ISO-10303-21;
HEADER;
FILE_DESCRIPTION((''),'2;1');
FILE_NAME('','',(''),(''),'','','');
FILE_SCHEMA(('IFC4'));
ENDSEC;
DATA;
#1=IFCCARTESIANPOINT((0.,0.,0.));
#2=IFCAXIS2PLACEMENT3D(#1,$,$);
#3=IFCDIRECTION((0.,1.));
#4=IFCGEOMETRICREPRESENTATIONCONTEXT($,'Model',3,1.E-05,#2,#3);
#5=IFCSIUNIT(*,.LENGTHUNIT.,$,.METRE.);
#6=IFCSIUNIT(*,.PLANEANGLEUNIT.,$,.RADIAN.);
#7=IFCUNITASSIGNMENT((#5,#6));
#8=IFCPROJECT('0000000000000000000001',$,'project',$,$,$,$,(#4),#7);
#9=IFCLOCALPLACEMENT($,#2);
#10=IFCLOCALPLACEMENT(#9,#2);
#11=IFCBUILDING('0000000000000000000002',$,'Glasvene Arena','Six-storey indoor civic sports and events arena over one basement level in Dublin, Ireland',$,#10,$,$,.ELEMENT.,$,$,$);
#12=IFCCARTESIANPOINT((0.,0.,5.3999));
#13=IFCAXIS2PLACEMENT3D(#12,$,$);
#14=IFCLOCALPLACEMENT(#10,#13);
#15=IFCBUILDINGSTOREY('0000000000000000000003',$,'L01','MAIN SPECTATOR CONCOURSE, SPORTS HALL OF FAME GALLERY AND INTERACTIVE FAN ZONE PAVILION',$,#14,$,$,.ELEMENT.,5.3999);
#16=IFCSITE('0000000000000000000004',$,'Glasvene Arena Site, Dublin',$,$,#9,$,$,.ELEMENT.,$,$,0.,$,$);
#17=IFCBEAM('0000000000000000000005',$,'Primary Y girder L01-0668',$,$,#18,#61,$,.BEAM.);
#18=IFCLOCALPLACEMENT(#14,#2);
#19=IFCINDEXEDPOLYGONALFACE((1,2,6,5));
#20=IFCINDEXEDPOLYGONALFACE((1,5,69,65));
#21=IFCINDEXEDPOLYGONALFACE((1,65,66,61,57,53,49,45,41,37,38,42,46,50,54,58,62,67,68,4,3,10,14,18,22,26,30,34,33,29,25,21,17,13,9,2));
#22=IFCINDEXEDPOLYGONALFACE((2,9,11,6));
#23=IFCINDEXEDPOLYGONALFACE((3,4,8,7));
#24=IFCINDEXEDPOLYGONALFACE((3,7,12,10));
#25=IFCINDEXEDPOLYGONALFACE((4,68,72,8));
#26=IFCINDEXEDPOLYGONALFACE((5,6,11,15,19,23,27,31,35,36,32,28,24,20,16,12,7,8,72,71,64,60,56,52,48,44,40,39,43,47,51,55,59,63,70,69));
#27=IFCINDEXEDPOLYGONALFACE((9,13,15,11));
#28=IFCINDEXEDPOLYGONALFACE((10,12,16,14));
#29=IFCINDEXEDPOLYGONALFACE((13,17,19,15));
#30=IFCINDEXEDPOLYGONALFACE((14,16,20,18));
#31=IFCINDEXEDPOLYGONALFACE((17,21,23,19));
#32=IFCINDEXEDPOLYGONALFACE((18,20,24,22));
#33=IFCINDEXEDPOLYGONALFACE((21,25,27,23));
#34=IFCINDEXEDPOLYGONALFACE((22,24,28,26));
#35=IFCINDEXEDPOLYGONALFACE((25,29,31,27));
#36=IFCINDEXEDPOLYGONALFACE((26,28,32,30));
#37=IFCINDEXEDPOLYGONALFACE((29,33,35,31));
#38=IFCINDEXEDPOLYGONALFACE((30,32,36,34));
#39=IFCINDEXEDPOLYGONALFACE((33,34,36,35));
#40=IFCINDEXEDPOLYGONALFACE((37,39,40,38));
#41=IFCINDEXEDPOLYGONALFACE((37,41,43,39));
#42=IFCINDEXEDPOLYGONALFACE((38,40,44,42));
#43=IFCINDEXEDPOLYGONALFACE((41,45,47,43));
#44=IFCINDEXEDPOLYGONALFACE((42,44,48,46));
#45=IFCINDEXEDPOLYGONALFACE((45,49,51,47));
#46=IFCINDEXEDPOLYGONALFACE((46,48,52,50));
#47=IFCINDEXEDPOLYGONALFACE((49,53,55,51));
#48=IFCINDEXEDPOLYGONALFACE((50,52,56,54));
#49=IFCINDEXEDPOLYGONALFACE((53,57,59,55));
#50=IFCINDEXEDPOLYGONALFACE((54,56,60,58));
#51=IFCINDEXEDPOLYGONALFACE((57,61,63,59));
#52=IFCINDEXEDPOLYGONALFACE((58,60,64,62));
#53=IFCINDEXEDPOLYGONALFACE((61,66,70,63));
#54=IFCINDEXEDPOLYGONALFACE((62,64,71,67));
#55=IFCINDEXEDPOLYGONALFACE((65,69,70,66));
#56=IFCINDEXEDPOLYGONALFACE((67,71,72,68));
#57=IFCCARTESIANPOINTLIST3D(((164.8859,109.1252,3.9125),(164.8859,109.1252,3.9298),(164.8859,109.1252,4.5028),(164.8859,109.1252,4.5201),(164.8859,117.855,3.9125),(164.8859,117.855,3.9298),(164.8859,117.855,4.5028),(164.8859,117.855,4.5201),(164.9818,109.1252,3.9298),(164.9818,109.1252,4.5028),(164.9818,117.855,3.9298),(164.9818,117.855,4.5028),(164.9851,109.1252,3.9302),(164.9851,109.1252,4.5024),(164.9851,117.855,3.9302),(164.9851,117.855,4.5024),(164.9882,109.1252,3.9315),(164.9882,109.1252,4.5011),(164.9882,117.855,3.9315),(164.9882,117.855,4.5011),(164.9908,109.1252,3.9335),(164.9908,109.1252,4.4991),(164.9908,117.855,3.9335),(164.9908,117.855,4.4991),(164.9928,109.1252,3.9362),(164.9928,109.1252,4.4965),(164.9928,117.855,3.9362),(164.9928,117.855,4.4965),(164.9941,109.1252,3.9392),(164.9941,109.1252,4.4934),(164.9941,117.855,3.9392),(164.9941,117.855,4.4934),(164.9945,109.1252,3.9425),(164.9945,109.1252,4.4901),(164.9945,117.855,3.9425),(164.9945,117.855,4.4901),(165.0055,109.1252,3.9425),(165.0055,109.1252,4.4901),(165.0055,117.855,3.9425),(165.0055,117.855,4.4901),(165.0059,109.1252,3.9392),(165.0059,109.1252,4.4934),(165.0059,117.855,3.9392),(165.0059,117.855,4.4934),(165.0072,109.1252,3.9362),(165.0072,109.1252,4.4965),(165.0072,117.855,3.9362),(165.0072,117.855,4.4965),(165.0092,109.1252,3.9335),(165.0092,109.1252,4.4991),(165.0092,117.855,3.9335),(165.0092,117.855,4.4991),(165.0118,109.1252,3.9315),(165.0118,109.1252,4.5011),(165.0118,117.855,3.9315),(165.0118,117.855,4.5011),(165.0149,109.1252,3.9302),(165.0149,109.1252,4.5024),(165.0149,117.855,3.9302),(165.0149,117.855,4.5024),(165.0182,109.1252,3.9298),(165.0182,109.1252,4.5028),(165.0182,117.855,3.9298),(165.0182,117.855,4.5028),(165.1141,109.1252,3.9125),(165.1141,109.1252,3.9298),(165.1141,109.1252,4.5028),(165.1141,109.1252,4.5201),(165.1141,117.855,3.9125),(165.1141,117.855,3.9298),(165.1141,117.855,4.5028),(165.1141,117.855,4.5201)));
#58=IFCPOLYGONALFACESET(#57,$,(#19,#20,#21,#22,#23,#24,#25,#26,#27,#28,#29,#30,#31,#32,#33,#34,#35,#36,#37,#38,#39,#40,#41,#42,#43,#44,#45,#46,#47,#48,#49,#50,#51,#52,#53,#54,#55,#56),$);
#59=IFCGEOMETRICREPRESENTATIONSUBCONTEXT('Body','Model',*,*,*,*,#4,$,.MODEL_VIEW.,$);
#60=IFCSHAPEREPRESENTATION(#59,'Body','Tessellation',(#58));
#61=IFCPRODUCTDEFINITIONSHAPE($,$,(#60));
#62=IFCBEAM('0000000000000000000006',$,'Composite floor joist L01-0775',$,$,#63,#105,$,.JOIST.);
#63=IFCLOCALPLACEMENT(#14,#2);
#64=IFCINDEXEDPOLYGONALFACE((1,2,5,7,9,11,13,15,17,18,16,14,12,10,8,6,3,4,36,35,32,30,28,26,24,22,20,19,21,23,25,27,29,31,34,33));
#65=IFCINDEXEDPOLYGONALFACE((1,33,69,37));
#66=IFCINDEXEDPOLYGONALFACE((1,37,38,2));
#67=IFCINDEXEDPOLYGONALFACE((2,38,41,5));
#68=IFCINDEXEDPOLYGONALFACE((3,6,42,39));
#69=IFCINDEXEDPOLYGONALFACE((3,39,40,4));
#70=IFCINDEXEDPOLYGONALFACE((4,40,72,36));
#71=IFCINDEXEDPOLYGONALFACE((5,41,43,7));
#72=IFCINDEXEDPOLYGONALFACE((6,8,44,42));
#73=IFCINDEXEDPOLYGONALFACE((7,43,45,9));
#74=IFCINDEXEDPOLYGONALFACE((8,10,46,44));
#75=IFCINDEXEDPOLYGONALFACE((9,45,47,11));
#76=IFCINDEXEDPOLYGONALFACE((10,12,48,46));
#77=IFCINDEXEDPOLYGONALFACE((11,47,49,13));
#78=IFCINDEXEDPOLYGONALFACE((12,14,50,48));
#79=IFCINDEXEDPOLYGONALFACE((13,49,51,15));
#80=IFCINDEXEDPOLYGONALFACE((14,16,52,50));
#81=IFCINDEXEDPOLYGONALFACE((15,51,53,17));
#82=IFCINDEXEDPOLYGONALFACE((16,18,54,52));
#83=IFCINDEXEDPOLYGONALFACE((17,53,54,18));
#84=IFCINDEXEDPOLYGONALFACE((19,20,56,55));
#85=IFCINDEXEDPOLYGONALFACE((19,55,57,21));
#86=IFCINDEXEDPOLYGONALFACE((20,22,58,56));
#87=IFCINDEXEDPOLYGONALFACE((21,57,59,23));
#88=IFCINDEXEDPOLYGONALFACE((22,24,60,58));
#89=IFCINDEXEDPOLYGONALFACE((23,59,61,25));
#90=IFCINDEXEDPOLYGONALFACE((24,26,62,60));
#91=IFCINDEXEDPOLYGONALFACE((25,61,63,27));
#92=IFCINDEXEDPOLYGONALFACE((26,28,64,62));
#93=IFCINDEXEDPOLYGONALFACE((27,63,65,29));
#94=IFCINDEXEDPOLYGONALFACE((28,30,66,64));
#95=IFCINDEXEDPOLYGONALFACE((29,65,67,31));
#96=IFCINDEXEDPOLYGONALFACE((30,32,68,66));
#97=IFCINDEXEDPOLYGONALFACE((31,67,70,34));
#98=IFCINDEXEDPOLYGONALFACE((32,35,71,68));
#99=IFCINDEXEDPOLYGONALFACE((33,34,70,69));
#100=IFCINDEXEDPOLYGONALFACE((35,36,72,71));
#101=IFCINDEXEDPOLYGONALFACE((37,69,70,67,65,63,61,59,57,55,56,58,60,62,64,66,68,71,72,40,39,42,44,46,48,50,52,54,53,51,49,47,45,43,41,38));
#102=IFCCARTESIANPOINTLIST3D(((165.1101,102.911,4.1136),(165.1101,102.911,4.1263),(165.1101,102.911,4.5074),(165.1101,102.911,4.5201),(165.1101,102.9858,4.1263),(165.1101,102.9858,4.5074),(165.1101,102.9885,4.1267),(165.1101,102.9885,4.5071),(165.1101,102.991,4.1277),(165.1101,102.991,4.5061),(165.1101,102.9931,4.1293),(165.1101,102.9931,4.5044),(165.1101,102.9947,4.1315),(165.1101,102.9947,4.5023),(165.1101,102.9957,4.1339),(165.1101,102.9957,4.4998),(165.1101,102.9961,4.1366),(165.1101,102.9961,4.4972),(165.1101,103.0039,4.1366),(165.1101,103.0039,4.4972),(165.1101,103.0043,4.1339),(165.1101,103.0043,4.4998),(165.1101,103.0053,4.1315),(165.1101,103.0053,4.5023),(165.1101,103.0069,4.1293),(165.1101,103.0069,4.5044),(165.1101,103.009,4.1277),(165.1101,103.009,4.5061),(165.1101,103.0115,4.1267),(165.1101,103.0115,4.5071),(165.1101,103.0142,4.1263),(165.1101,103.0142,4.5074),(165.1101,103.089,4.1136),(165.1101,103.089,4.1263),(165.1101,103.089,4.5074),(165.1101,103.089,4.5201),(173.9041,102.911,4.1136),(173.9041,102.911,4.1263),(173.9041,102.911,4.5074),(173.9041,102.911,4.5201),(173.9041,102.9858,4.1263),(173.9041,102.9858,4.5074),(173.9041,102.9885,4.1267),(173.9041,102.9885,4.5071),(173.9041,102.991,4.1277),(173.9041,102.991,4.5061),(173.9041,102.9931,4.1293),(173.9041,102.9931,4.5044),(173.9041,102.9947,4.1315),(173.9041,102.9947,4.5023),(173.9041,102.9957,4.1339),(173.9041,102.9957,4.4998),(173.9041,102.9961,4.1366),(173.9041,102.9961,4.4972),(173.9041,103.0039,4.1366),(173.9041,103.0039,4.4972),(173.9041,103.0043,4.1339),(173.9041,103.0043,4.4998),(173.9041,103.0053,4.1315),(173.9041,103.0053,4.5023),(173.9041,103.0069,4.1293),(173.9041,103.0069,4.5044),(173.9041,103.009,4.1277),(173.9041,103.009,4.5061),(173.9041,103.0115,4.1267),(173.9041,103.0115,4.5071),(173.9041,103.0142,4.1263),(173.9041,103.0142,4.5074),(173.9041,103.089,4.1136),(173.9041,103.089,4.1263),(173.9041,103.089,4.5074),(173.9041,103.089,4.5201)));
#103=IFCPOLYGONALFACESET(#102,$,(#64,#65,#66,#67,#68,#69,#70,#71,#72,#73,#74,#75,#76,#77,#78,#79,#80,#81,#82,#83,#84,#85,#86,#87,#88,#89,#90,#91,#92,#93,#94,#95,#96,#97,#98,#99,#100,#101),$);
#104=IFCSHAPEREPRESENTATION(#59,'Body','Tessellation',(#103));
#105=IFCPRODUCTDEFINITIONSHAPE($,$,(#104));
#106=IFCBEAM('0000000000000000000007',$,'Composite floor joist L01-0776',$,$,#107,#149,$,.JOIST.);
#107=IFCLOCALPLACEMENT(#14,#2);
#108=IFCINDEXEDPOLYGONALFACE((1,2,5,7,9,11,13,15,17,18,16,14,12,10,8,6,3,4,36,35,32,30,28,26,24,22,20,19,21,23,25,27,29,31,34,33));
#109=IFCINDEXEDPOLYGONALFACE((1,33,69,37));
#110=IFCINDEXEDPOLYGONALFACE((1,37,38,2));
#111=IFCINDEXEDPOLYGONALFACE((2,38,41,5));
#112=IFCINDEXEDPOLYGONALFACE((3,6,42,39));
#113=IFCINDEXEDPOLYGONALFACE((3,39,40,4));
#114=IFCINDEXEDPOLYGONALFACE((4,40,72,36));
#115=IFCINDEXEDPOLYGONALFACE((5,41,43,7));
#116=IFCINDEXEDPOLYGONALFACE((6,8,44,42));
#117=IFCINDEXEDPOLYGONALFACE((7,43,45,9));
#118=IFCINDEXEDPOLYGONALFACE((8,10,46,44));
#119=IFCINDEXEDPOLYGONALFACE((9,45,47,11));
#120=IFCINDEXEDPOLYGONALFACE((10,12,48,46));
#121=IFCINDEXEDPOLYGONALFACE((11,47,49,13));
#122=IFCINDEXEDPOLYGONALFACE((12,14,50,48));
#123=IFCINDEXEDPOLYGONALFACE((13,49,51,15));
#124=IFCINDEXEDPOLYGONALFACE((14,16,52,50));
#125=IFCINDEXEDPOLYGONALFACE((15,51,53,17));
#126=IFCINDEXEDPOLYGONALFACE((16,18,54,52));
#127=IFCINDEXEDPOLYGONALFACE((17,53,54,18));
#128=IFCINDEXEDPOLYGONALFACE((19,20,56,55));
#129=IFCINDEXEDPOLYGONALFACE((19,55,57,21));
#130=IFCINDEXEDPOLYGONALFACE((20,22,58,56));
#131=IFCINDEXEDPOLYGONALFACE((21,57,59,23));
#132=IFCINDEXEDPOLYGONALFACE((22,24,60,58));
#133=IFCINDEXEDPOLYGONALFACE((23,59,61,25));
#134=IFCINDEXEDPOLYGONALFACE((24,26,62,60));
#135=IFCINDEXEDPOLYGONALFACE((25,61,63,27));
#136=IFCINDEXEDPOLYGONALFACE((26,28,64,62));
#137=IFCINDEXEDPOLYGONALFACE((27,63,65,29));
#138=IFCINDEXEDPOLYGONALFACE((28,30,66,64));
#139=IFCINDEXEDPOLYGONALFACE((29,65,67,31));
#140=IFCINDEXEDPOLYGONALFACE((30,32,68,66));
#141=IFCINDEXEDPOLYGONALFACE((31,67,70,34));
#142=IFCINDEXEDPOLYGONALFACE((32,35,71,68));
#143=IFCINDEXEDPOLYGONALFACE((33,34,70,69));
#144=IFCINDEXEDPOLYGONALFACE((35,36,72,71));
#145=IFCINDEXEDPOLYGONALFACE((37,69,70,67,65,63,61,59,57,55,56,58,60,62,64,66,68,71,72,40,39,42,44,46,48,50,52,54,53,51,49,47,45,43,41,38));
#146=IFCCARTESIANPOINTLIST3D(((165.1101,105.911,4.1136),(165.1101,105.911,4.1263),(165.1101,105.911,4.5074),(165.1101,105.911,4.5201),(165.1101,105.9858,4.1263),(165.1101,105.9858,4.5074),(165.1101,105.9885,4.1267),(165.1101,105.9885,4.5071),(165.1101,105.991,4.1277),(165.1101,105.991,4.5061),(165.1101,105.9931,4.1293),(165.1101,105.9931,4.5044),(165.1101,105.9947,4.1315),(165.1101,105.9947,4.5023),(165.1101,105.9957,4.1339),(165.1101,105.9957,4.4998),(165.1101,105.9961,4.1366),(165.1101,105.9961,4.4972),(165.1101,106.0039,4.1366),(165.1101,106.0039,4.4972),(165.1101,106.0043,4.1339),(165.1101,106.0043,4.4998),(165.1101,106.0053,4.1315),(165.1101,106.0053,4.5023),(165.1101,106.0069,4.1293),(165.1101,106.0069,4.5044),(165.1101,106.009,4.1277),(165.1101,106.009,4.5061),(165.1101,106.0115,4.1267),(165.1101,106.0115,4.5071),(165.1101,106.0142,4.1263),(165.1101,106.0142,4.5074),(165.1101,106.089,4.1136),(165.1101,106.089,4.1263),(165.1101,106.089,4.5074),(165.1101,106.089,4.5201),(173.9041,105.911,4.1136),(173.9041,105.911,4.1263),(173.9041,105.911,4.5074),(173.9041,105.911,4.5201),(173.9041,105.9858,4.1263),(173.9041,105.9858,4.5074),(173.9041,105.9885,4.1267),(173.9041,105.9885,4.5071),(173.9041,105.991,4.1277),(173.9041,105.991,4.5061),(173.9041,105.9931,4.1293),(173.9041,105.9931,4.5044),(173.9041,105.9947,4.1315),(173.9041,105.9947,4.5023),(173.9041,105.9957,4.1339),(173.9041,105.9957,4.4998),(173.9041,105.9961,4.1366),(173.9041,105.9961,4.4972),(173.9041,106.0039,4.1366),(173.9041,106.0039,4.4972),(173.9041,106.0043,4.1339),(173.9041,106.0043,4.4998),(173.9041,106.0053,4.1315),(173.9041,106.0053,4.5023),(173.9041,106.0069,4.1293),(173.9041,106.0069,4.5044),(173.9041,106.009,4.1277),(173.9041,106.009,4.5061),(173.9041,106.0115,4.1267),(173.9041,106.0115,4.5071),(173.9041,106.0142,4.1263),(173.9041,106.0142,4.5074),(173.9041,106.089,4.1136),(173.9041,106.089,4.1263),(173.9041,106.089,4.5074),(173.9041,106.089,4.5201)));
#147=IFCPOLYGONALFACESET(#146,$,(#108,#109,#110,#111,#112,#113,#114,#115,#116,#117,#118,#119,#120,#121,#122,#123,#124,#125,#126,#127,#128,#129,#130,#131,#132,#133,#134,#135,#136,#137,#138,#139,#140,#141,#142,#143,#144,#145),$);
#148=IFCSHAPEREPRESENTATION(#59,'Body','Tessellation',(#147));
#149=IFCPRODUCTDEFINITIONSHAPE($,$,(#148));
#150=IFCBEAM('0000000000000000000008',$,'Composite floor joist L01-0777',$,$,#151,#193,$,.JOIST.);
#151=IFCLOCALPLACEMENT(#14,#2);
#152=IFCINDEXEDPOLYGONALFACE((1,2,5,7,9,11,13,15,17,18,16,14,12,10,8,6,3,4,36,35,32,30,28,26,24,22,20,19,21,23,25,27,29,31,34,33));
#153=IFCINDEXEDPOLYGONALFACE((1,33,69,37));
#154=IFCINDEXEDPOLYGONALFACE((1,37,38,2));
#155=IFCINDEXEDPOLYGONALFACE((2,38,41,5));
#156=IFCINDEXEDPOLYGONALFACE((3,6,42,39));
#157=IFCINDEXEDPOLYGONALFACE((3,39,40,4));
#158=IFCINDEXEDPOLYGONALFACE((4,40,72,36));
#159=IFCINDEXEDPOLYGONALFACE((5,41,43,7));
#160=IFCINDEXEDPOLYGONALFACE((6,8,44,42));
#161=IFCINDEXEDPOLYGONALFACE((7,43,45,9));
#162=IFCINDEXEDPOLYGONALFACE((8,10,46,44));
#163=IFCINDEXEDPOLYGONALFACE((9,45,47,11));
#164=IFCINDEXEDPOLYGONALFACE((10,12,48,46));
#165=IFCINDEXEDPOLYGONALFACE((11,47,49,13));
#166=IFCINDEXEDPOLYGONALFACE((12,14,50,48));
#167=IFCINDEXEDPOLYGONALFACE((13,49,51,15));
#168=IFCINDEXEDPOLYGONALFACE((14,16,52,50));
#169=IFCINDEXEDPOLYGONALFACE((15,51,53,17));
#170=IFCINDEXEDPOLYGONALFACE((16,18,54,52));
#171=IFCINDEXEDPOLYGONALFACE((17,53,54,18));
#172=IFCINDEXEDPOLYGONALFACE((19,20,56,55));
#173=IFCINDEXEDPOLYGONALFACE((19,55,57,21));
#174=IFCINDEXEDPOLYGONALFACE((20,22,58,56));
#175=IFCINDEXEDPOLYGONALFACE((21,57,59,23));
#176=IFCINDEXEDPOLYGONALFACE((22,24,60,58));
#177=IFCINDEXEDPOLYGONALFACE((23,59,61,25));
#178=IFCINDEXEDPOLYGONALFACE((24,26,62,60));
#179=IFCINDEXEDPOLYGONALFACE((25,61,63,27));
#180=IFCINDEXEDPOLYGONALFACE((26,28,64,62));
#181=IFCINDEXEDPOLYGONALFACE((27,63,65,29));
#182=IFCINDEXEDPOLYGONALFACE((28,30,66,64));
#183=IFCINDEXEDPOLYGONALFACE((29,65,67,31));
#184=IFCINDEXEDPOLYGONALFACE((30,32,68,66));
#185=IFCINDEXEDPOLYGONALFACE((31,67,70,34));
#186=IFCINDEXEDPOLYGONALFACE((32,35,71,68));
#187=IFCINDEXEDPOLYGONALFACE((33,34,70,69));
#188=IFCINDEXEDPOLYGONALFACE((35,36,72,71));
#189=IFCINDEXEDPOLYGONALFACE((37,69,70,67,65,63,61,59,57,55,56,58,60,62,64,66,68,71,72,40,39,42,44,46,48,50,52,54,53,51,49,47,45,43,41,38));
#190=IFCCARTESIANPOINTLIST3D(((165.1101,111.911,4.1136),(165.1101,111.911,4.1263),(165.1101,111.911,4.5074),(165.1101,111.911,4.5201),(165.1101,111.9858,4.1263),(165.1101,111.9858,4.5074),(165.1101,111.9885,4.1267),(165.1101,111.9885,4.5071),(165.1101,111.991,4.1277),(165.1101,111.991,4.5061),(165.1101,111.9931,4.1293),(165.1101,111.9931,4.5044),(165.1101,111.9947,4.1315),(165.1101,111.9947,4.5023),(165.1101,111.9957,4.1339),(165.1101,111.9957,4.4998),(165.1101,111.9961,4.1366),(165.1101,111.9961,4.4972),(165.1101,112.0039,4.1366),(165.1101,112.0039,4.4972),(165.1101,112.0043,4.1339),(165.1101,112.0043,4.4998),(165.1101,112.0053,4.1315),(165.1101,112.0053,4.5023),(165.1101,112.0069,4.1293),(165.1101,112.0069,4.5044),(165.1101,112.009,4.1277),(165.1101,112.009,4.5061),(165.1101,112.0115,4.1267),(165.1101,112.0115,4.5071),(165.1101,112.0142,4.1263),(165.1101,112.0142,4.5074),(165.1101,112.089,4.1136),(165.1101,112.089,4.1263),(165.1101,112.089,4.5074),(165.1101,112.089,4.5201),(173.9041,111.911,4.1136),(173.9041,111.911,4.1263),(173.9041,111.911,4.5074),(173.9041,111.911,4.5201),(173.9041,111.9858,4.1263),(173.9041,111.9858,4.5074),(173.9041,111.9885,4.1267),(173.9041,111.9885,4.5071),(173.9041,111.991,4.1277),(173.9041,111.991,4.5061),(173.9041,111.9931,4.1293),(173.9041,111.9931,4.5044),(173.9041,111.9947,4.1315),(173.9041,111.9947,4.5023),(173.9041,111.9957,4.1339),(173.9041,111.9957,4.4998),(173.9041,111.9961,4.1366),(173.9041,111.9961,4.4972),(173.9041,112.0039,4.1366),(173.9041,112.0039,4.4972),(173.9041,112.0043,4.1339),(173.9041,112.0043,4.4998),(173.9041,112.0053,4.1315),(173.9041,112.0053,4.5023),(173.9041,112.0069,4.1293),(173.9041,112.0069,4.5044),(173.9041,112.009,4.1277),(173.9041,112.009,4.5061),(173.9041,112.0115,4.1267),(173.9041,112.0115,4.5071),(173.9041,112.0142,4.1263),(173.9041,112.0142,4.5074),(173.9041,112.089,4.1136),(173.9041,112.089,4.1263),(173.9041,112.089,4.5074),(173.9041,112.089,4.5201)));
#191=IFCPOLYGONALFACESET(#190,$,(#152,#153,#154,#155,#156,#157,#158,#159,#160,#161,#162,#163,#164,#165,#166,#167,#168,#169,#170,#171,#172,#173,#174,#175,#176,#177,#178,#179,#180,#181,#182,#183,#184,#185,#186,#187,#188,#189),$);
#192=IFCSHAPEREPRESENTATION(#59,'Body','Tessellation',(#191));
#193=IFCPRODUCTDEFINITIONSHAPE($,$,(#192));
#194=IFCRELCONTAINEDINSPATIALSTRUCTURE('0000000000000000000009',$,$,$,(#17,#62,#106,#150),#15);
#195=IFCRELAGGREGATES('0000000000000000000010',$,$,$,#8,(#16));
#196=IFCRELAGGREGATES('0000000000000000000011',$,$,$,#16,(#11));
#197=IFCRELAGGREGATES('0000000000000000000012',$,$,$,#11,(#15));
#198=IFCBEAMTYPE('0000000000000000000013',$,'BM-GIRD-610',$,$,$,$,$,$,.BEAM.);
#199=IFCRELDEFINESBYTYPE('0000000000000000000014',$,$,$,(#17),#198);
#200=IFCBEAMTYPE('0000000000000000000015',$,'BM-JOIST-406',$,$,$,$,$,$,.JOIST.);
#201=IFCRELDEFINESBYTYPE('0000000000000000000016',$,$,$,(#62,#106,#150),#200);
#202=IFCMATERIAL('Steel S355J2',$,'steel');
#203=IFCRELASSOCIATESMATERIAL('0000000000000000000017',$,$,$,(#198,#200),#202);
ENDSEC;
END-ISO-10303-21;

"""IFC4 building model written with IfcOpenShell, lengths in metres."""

from ifc_helpers import new_model, si_unit, direction, frame, origin, origin_2d, place, context, subcontext, project, spatial, i_section, extrude, material, material_profile, profile_set, type_object, element, save


model = new_model("IFC4")

# Units and contexts
model_context = context("Model", 3, precision=1e-05, world=origin(), true_north=direction((0.0, 1.0)))
body_context = subcontext(model_context, "Body", "Model", "MODEL_VIEW")
ifc_project = project(units=[si_unit("LENGTHUNIT", "METRE"), si_unit("PLANEANGLEUNIT", "RADIAN")], contexts=[model_context])

# Site, building, storey
site_placement = place(None, origin())
site = spatial("IfcSite", under=ifc_project, at=site_placement, Name="Glasvene Arena Site, Dublin", CompositionType="ELEMENT", RefElevation=0.0)
building_placement = place(site_placement, origin())
building = spatial("IfcBuilding", under=site, at=building_placement, Name="Glasvene Arena", Description="Six-storey indoor civic sports and events arena over one basement level in Dublin, Ireland", CompositionType="ELEMENT")
storey_placement = place(building_placement, frame((0.0, 0.0, 5.3999)))
storey = spatial("IfcBuildingStorey", under=building, at=storey_placement, Name="L01", Description="MAIN SPECTATOR CONCOURSE, SPORTS HALL OF FAME GALLERY AND INTERACTIVE FAN ZONE PAVILION", CompositionType="ELEMENT", Elevation=5.3999)

# Shared definitions
ifc_material_1 = material(Name="Steel S355J2", Category="steel")

# Beams
ifc_material_profile_1 = material_profile(ifc_material_1, i_section(OverallWidth=0.2283, OverallDepth=0.6077, WebThickness=0.011, FlangeThickness=0.0173, FilletRadius=0.0127, at=origin_2d()), Name="UKB 610x229x113")
ifc_profile_set_1 = profile_set([ifc_material_profile_1], Name="Steel S355J2")
beam_type_1 = type_object("IfcBeamType", Name="BM-GIRD-610", PredefinedType="BEAM", material=ifc_profile_set_1)
for number, where, z_axis, x_axis, name in (
    (1, (165.0, 109.1252, 4.2163), (0.0, 1.0, 0.0), (-1.0, 0.0, 0.0), "Primary Y girder L01-0668"),
):
    element("IfcBeam", number, at=place(storey_placement, frame(where, z_axis=z_axis, x_axis=x_axis)), inside=storey, type_object=beam_type_1, Name=name, PredefinedType="BEAM", context=body_context, shape_type="SweptSolid", body=[
        extrude(i_section(OverallWidth=0.2283, OverallDepth=0.6077, WebThickness=0.011, FlangeThickness=0.0173, FilletRadius=0.0127, at=origin_2d()), origin(), (0.0, 0.0, 1.0), 8.7297),
    ])
ifc_material_profile_2 = material_profile(ifc_material_1, i_section(OverallWidth=0.178, OverallDepth=0.4065, WebThickness=0.0078, FlangeThickness=0.0127, FilletRadius=0.0103, at=origin_2d()), Name="UKB 406x178x60")
ifc_profile_set_2 = profile_set([ifc_material_profile_2], Name="Steel S355J2")
beam_type_2 = type_object("IfcBeamType", Name="BM-JOIST-406", PredefinedType="JOIST", material=ifc_profile_set_2)
for number, where, z_axis, x_axis, name in (
    (2, (165.1101, 103.0, 4.3169), (1.0, 0.0, 0.0), (0.0, 1.0, 0.0), "Composite floor joist L01-0775"),
    (3, (165.1101, 106.0, 4.3169), (1.0, 0.0, 0.0), (0.0, 1.0, 0.0), "Composite floor joist L01-0776"),
    (4, (165.1101, 112.0, 4.3169), (1.0, 0.0, 0.0), (0.0, 1.0, 0.0), "Composite floor joist L01-0777"),
):
    element("IfcBeam", number, at=place(storey_placement, frame(where, z_axis=z_axis, x_axis=x_axis)), inside=storey, type_object=beam_type_2, Name=name, PredefinedType="JOIST", context=body_context, shape_type="SweptSolid", body=[
        extrude(i_section(OverallWidth=0.178, OverallDepth=0.4065, WebThickness=0.0078, FlangeThickness=0.0127, FilletRadius=0.0103, at=origin_2d()), origin(), (0.0, 0.0, 1.0), 8.7939),
    ])

save(model, "model.ifc")
